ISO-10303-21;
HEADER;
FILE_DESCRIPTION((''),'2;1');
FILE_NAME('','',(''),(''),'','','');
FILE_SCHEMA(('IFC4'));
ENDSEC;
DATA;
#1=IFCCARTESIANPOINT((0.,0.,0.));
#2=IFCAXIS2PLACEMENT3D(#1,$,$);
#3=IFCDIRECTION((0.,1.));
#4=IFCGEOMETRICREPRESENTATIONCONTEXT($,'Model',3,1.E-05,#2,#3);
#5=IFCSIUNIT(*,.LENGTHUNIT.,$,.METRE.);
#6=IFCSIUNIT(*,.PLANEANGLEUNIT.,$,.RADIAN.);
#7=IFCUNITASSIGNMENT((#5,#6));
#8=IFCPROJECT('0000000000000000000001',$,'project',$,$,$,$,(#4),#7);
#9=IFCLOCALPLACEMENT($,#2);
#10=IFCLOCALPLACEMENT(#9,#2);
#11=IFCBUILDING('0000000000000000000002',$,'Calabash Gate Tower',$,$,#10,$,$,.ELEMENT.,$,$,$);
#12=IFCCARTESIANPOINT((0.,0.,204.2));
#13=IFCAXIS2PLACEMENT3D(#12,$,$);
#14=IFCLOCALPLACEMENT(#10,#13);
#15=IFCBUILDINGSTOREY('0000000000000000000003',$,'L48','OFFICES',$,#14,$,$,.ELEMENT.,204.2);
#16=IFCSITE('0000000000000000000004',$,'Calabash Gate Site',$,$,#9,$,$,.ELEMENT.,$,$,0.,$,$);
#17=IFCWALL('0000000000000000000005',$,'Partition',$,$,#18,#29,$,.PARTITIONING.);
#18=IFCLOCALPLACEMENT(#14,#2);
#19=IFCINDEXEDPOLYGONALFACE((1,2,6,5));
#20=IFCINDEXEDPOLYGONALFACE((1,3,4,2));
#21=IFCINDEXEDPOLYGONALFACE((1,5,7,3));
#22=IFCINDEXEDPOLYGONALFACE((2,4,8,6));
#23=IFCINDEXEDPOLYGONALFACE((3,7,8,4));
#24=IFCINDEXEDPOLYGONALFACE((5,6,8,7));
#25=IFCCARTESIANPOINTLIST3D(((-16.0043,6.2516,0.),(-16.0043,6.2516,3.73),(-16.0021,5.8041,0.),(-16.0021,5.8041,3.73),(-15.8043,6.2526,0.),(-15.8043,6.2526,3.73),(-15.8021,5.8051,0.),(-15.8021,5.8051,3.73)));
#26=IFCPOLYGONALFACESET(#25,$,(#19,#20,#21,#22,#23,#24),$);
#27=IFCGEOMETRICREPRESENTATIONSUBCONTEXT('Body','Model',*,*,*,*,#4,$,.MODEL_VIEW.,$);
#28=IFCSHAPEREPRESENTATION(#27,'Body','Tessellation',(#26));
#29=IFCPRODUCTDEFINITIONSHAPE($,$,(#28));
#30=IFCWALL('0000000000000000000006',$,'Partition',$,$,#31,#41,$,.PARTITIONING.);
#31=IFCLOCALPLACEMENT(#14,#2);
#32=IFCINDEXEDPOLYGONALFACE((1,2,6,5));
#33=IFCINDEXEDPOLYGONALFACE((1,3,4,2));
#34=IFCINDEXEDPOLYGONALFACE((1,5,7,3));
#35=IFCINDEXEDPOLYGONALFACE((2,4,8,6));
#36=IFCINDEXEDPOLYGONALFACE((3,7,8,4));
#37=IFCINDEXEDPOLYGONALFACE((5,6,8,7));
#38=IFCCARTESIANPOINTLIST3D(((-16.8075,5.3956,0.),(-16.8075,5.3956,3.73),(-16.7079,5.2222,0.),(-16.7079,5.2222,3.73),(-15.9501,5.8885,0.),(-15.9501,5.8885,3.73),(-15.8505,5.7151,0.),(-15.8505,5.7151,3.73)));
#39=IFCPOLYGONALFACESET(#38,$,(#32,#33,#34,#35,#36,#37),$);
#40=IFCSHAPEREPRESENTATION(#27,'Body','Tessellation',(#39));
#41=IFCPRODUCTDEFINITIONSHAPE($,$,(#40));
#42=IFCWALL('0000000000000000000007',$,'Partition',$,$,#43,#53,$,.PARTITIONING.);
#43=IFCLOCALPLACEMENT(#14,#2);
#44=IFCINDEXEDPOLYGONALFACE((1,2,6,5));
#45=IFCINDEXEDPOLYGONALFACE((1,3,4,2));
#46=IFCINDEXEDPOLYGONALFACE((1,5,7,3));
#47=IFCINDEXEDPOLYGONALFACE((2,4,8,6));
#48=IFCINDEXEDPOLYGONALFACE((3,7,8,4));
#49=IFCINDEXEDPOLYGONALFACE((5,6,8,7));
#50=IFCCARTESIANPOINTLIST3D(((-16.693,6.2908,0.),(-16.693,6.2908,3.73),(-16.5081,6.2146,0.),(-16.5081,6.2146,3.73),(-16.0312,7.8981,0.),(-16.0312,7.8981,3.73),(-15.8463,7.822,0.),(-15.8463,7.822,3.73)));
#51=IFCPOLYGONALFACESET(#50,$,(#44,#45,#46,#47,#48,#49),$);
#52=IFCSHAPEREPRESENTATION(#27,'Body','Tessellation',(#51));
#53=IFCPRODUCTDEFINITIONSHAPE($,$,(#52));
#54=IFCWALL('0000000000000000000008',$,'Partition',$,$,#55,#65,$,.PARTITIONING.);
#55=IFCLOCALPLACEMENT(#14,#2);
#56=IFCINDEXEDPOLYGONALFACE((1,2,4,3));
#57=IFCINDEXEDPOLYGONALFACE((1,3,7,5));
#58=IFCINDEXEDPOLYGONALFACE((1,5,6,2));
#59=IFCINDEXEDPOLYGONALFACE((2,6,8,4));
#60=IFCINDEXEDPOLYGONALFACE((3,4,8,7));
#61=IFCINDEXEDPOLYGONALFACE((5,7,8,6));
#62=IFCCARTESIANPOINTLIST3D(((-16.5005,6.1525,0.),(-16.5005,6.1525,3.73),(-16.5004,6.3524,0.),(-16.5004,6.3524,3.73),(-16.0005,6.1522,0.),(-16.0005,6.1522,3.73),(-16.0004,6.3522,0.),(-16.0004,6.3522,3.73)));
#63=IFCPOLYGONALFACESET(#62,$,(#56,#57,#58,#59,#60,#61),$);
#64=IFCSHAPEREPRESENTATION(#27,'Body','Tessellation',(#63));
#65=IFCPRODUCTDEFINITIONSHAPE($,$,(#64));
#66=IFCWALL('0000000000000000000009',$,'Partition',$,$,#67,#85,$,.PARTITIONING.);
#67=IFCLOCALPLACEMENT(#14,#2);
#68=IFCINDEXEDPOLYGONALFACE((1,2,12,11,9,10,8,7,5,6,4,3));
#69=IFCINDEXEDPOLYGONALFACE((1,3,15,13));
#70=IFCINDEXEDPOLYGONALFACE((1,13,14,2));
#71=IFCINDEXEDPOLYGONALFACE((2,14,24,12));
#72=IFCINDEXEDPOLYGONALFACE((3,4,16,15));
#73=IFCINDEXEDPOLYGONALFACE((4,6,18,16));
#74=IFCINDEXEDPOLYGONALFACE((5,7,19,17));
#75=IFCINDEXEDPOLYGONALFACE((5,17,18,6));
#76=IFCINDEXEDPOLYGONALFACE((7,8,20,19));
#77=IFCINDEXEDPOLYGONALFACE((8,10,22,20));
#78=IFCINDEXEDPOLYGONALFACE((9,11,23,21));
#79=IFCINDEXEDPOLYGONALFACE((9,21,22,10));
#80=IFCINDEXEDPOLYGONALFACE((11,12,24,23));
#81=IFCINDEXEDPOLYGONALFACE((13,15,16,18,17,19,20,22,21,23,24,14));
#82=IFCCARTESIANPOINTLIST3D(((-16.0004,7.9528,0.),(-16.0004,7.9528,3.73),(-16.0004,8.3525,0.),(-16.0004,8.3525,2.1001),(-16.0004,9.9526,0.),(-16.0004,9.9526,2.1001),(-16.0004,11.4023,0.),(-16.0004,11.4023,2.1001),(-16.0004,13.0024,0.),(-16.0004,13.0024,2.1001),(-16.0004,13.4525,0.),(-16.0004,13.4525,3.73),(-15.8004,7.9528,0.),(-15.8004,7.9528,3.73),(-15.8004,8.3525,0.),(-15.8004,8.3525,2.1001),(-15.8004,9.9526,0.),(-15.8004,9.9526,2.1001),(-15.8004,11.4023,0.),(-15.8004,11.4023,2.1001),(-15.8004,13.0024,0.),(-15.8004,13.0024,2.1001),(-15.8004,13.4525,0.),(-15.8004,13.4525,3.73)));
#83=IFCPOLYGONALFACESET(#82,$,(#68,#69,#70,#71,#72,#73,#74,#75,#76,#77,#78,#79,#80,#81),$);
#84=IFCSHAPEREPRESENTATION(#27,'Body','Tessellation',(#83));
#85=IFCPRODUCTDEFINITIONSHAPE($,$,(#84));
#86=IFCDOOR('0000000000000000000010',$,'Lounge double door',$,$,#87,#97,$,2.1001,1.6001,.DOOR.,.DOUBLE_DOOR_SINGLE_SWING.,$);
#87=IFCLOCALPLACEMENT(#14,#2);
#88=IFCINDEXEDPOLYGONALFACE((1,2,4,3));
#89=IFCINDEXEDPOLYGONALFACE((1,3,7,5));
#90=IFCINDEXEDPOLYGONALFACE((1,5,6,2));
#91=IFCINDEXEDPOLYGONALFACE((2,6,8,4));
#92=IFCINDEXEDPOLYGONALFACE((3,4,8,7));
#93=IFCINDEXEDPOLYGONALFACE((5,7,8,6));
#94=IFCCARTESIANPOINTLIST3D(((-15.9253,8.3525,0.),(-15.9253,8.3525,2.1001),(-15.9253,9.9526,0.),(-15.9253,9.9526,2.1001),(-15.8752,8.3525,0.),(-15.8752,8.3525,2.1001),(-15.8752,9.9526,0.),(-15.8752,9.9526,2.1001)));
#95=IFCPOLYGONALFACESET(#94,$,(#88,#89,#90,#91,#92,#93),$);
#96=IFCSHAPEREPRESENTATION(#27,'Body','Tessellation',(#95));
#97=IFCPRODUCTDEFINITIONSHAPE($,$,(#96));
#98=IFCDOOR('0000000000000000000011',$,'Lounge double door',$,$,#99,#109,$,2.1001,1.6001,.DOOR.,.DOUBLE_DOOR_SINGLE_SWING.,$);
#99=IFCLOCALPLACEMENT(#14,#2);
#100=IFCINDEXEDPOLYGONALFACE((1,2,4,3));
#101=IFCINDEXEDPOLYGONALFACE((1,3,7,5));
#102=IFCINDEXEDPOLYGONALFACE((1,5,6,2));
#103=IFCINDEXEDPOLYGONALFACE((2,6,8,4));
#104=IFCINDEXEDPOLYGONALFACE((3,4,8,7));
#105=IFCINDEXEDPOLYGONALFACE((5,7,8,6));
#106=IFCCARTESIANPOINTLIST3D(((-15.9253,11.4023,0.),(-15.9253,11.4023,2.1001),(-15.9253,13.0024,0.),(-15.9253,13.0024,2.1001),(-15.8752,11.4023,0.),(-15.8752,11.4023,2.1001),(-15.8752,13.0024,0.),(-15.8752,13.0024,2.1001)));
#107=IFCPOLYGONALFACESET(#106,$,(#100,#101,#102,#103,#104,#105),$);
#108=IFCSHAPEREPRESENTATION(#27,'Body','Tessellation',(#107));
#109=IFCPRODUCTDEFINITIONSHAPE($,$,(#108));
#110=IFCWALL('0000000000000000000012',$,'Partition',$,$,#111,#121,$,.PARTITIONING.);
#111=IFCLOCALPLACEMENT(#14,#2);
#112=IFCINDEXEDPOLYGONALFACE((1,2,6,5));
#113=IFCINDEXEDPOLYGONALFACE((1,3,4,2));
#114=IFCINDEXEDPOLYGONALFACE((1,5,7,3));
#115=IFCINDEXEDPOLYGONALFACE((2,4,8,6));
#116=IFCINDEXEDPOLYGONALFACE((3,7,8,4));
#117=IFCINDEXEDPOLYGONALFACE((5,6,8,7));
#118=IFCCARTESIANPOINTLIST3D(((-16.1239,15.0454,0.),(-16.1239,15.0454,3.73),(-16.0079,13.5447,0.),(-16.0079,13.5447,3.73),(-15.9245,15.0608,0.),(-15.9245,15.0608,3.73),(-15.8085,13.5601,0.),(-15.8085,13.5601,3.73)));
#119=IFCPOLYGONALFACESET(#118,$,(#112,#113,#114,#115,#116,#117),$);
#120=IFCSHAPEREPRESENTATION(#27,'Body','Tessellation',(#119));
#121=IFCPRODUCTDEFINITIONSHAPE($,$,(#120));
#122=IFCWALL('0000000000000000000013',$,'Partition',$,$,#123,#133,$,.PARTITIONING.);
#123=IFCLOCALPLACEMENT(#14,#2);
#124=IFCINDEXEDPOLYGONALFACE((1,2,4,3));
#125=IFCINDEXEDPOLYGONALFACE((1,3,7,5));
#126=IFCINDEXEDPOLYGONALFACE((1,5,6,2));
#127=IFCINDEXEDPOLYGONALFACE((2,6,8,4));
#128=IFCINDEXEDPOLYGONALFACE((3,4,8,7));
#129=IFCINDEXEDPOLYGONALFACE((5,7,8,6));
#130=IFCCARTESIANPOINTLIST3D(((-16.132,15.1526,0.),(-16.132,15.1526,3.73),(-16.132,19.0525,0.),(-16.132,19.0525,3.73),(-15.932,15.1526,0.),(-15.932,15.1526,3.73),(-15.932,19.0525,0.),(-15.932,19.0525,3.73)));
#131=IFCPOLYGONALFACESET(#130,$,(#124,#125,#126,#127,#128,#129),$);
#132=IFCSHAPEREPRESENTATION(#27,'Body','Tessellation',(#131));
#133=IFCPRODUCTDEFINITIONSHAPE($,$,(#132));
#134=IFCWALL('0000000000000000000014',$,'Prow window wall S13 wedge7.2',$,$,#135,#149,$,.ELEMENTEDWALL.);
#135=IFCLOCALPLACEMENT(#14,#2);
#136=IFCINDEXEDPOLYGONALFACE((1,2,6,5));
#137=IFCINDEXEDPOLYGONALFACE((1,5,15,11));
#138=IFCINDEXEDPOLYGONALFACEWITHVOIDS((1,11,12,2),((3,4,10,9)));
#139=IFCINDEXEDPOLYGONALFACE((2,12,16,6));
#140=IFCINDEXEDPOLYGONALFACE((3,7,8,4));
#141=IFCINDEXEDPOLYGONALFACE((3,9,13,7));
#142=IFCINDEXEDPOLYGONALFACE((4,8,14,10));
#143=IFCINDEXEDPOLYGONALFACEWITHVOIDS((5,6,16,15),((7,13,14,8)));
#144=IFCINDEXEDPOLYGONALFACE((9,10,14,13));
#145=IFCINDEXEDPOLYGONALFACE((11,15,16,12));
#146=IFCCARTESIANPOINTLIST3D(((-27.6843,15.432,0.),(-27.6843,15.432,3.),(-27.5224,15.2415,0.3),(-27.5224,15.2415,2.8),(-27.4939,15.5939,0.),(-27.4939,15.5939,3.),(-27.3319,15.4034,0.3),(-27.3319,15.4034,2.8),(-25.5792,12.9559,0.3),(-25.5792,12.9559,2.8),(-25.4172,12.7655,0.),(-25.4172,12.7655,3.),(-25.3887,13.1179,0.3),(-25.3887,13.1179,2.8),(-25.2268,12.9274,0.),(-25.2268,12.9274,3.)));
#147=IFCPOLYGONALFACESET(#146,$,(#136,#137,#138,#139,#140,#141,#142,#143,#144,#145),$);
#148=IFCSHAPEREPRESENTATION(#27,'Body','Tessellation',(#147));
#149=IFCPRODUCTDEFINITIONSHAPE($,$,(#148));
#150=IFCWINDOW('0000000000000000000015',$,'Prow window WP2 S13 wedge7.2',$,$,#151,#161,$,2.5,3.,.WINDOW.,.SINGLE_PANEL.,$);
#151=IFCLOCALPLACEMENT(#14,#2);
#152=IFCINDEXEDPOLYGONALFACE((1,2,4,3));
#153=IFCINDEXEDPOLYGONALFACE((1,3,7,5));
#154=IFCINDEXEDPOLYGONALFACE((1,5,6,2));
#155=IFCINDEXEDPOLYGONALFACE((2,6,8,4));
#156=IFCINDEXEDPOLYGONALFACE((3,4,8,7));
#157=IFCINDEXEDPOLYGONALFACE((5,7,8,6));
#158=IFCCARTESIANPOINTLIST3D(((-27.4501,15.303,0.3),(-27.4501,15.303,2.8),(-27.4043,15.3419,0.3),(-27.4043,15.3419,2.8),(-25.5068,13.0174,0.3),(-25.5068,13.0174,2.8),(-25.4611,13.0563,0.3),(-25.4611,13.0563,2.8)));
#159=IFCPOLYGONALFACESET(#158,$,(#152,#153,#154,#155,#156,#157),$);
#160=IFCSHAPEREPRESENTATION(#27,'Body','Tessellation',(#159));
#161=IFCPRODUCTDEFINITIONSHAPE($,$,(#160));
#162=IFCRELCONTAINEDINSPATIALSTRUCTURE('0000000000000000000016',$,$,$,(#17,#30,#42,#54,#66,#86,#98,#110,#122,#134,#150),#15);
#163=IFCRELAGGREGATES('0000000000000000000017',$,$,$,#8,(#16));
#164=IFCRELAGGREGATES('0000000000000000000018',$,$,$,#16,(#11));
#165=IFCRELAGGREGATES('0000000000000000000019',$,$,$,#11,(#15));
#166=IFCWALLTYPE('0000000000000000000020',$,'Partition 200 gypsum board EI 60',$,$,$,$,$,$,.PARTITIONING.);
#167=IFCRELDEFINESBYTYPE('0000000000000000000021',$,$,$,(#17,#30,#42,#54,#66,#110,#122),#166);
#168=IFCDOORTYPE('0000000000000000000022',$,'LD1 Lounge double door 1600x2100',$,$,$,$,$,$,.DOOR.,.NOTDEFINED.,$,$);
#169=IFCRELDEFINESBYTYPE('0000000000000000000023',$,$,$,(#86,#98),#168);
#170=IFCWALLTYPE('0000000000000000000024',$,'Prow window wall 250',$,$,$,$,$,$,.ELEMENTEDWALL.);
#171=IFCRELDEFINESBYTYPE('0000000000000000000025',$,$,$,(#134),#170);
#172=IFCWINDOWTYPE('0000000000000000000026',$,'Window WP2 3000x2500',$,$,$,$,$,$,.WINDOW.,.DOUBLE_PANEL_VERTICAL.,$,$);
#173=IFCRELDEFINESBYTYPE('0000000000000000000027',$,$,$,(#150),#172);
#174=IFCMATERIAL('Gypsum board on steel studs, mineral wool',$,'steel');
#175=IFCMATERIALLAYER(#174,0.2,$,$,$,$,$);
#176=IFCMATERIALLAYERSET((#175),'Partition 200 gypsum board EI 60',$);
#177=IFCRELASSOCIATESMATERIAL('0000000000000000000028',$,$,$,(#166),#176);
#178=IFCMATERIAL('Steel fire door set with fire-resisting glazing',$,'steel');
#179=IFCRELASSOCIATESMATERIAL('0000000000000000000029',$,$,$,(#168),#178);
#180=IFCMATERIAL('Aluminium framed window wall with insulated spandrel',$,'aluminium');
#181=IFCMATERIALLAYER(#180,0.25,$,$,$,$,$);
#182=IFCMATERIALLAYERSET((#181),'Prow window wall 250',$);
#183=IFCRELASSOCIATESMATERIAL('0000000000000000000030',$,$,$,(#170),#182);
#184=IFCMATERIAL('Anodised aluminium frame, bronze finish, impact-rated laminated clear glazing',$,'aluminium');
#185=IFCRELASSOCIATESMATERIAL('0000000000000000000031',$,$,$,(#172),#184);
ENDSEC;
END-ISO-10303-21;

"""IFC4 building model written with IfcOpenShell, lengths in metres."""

from ifc_helpers import new_model, si_unit, direction, frame, frame_2d, origin, place, context, subcontext, project, spatial, rectangle, extrude, material, layer, layer_set, type_object, element, fill, save


model = new_model("IFC4")

# Units and contexts
model_context = context("Model", 3, precision=1e-05, world=origin(), true_north=direction((0.0, 1.0)))
body_context = subcontext(model_context, "Body", "Model", "MODEL_VIEW")
ifc_project = project(units=[si_unit("LENGTHUNIT", "METRE"), si_unit("PLANEANGLEUNIT", "RADIAN")], contexts=[model_context])

# Site, building, storey
site_placement = place(None, origin())
site = spatial("IfcSite", under=ifc_project, at=site_placement, Name="Calabash Gate Site", CompositionType="ELEMENT", RefElevation=0.0)
building_placement = place(site_placement, origin())
building = spatial("IfcBuilding", under=site, at=building_placement, Name="Calabash Gate Tower", CompositionType="ELEMENT")
storey_placement = place(building_placement, frame((0.0, 0.0, 204.2)))
storey = spatial("IfcBuildingStorey", under=building, at=storey_placement, Name="L48", Description="OFFICES", CompositionType="ELEMENT", Elevation=204.2)

# Walls
ifc_material_1 = material(Name="Gypsum board on steel studs, mineral wool", Category="steel")
ifc_layer_1 = layer(ifc_material_1, 0.2)
ifc_layer_set_1 = layer_set([ifc_layer_1], Name="Partition 200 gypsum board EI 60")
wall_type_1 = type_object("IfcWallType", Name="Partition 200 gypsum board EI 60", PredefinedType="PARTITIONING", material=ifc_layer_set_1)
wall_1_placement = place(storey_placement, frame((-15.9043, 6.252, 0.0), z_axis=(0.0, 0.0, 1.0), x_axis=(0.00491, -0.999988, 0.0)))
element("IfcWall", 1, at=wall_1_placement, inside=storey, type_object=wall_type_1, Name="Partition", PredefinedType="PARTITIONING", context=body_context, shape_type="SweptSolid", body=[
    extrude(rectangle(XDim=0.4475, YDim=0.2, at=frame_2d((0.2236, 0.0))), origin(), (0.0, 0.0, 1.0), 3.73),
])
wall_2_placement = place(storey_placement, frame((-16.7578, 5.3088, 0.0), z_axis=(0.0, 0.0, 1.0), x_axis=(0.866949, 0.498397, 0.0)))
element("IfcWall", 2, at=wall_2_placement, inside=storey, type_object=wall_type_1, Name="Partition", PredefinedType="PARTITIONING", context=body_context, shape_type="SweptSolid", body=[
    extrude(rectangle(XDim=0.989, YDim=0.2, at=frame_2d((0.4946, 0.0))), origin(), (0.0, 0.0, 1.0), 3.73),
])
wall_3_placement = place(storey_placement, frame((-16.6006, 6.2527, 0.0), z_axis=(0.0, 0.0, 1.0), x_axis=(0.380743, 0.924681, 0.0)))
element("IfcWall", 3, at=wall_3_placement, inside=storey, type_object=wall_type_1, Name="Partition", PredefinedType="PARTITIONING", context=body_context, shape_type="SweptSolid", body=[
    extrude(rectangle(XDim=1.7383, YDim=0.2, at=frame_2d((0.8691, 0.0))), origin(), (0.0, 0.0, 1.0), 3.73),
])
wall_4_placement = place(storey_placement, frame((-16.5005, 6.2524, 0.0), z_axis=(0.0, 0.0, 1.0), x_axis=(1.0, -0.000488, 0.0)))
element("IfcWall", 4, at=wall_4_placement, inside=storey, type_object=wall_type_1, Name="Partition", PredefinedType="PARTITIONING", context=body_context, shape_type="SweptSolid", body=[
    extrude(rectangle(XDim=0.5, YDim=0.2, at=frame_2d((0.25, 0.0))), origin(), (0.0, 0.0, 1.0), 3.73),
])

# Wall, openings, doors
wall_5_placement = place(storey_placement, frame((-15.9004, 7.9526, 0.0), z_axis=(0.0, 0.0, 1.0), x_axis=(0.0, 1.0, 0.0)))
wall_5 = element("IfcWall", 5, at=wall_5_placement, inside=storey, type_object=wall_type_1, Name="Partition", PredefinedType="PARTITIONING", context=body_context, shape_type="SweptSolid", body=[
    extrude(rectangle(XDim=5.4998, YDim=0.2, at=frame_2d((2.75, 0.0))), origin(), (0.0, 0.0, 1.0), 3.73),
])
opening_1_placement = place(wall_5_placement, frame((0.3999, 0.0, 0.0)))
opening_1 = element("IfcOpeningElement", 6, at=opening_1_placement, cuts=wall_5, PredefinedType="OPENING", context=body_context, shape_type="SweptSolid", body=[
    extrude(rectangle(XDim=1.6001, YDim=2.1001, at=frame_2d((0.8, 1.05))), frame((0.0, 0.1099, 0.0), z_axis=(0.0, -1.0, 0.0), x_axis=(1.0, 0.0, 0.0)), (0.0, 0.0, 1.0), 0.22),
])
opening_2_placement = place(wall_5_placement, frame((3.4497, 0.0, 0.0)))
opening_2 = element("IfcOpeningElement", 7, at=opening_2_placement, cuts=wall_5, PredefinedType="OPENING", context=body_context, shape_type="SweptSolid", body=[
    extrude(rectangle(XDim=1.6001, YDim=2.1001, at=frame_2d((0.8, 1.05))), frame((0.0, 0.1099, 0.0), z_axis=(0.0, -1.0, 0.0), x_axis=(1.0, 0.0, 0.0)), (0.0, 0.0, 1.0), 0.22),
])
ifc_material_2 = material(Name="Steel fire door set with fire-resisting glazing", Category="steel")
door_type = type_object("IfcDoorType", Name="LD1 Lounge double door 1600x2100", OperationType="NOTDEFINED", PredefinedType="DOOR", material=ifc_material_2)
door_1_placement = place(opening_1_placement, origin())
door_1 = element("IfcDoor", 8, at=door_1_placement, inside=storey, type_object=door_type, Name="Lounge double door", OperationType="DOUBLE_DOOR_SINGLE_SWING", OverallHeight=2.1001, OverallWidth=1.6001, PredefinedType="DOOR", context=body_context, shape_type="SweptSolid", body=[
    extrude(rectangle(XDim=1.6001, YDim=2.1001, at=frame_2d((0.8, 1.05))), frame((0.0, 0.0249, 0.0), z_axis=(0.0, -1.0, 0.0), x_axis=(1.0, 0.0, 0.0)), (0.0, 0.0, 1.0), 0.05),
])
fill(opening_1, door_1)
door_2_placement = place(opening_2_placement, origin())
door_2 = element("IfcDoor", 9, at=door_2_placement, inside=storey, type_object=door_type, Name="Lounge double door", OperationType="DOUBLE_DOOR_SINGLE_SWING", OverallHeight=2.1001, OverallWidth=1.6001, PredefinedType="DOOR", context=body_context, shape_type="SweptSolid", body=[
    extrude(rectangle(XDim=1.6001, YDim=2.1001, at=frame_2d((0.8, 1.05))), frame((0.0, 0.0249, 0.0), z_axis=(0.0, -1.0, 0.0), x_axis=(1.0, 0.0, 0.0)), (0.0, 0.0, 1.0), 0.05),
])
fill(opening_2, door_2)

# Walls
wall_6_placement = place(storey_placement, frame((-16.0242, 15.053, 0.0), z_axis=(0.0, 0.0, 1.0), x_axis=(0.077044, -0.997028, 0.0)))
element("IfcWall", 10, at=wall_6_placement, inside=storey, type_object=wall_type_1, Name="Partition", PredefinedType="PARTITIONING", context=body_context, shape_type="SweptSolid", body=[
    extrude(rectangle(XDim=1.5051, YDim=0.2, at=frame_2d((0.7524, 0.0))), origin(), (0.0, 0.0, 1.0), 3.73),
])
wall_7_placement = place(storey_placement, frame((-16.032, 15.1526, 0.0), z_axis=(0.0, 0.0, 1.0), x_axis=(0.0, 1.0, 0.0)))
element("IfcWall", 11, at=wall_7_placement, inside=storey, type_object=wall_type_1, Name="Partition", PredefinedType="PARTITIONING", context=body_context, shape_type="SweptSolid", body=[
    extrude(rectangle(XDim=3.8999, YDim=0.2, at=frame_2d((1.95, 0.0))), origin(), (0.0, 0.0, 1.0), 3.73),
])

# Wall, opening, window
ifc_material_3 = material(Name="Aluminium framed window wall with insulated spandrel", Category="aluminium")
ifc_layer_2 = layer(ifc_material_3, 0.25)
ifc_layer_set_2 = layer_set([ifc_layer_2], Name="Prow window wall 250")
wall_type_2 = type_object("IfcWallType", Name="Prow window wall 250", PredefinedType="ELEMENTEDWALL", material=ifc_layer_set_2)
wall_8_placement = place(storey_placement, frame((-27.5891, 15.5129, 0.0), z_axis=(0.0, 0.0, 1.0), x_axis=(0.647742, -0.76186, 0.0)))
wall_8 = element("IfcWall", 12, at=wall_8_placement, inside=storey, type_object=wall_type_2, Name="Prow window wall S13 wedge7.2", PredefinedType="ELEMENTEDWALL", context=body_context, shape_type="SweptSolid", body=[
    extrude(rectangle(XDim=3.5, YDim=0.25, at=frame_2d((1.75, 0.0))), origin(), (0.0, 0.0, 1.0), 3.0),
])
opening_3_placement = place(wall_8_placement, frame((0.25, 0.0, 0.3)))
opening_3 = element("IfcOpeningElement", 13, at=opening_3_placement, cuts=wall_8, PredefinedType="OPENING", context=body_context, shape_type="SweptSolid", body=[
    extrude(rectangle(XDim=3.0, YDim=2.5, at=frame_2d((1.5, 1.25))), frame((0.0, 0.135, 0.0), z_axis=(0.0, -1.0, 0.0), x_axis=(1.0, 0.0, 0.0)), (0.0, 0.0, 1.0), 0.27),
])
ifc_material_4 = material(Name="Anodised aluminium frame, bronze finish, impact-rated laminated clear glazing", Category="aluminium")
window_type = type_object("IfcWindowType", Name="Window WP2 3000x2500", PartitioningType="DOUBLE_PANEL_VERTICAL", PredefinedType="WINDOW", material=ifc_material_4)
window_1_placement = place(opening_3_placement, origin())
window_1 = element("IfcWindow", 14, at=window_1_placement, inside=storey, type_object=window_type, Name="Prow window WP2 S13 wedge7.2", OverallHeight=2.5, OverallWidth=3.0, PartitioningType="SINGLE_PANEL", PredefinedType="WINDOW", context=body_context, shape_type="SweptSolid", body=[
    extrude(rectangle(XDim=3.0, YDim=2.5, at=frame_2d((1.5, 1.25))), frame((0.0, 0.03, 0.0), z_axis=(0.0, -1.0, 0.0), x_axis=(1.0, 0.0, 0.0)), (0.0, 0.0, 1.0), 0.0601),
])
fill(opening_3, window_1)

save(model, "model.ifc")
